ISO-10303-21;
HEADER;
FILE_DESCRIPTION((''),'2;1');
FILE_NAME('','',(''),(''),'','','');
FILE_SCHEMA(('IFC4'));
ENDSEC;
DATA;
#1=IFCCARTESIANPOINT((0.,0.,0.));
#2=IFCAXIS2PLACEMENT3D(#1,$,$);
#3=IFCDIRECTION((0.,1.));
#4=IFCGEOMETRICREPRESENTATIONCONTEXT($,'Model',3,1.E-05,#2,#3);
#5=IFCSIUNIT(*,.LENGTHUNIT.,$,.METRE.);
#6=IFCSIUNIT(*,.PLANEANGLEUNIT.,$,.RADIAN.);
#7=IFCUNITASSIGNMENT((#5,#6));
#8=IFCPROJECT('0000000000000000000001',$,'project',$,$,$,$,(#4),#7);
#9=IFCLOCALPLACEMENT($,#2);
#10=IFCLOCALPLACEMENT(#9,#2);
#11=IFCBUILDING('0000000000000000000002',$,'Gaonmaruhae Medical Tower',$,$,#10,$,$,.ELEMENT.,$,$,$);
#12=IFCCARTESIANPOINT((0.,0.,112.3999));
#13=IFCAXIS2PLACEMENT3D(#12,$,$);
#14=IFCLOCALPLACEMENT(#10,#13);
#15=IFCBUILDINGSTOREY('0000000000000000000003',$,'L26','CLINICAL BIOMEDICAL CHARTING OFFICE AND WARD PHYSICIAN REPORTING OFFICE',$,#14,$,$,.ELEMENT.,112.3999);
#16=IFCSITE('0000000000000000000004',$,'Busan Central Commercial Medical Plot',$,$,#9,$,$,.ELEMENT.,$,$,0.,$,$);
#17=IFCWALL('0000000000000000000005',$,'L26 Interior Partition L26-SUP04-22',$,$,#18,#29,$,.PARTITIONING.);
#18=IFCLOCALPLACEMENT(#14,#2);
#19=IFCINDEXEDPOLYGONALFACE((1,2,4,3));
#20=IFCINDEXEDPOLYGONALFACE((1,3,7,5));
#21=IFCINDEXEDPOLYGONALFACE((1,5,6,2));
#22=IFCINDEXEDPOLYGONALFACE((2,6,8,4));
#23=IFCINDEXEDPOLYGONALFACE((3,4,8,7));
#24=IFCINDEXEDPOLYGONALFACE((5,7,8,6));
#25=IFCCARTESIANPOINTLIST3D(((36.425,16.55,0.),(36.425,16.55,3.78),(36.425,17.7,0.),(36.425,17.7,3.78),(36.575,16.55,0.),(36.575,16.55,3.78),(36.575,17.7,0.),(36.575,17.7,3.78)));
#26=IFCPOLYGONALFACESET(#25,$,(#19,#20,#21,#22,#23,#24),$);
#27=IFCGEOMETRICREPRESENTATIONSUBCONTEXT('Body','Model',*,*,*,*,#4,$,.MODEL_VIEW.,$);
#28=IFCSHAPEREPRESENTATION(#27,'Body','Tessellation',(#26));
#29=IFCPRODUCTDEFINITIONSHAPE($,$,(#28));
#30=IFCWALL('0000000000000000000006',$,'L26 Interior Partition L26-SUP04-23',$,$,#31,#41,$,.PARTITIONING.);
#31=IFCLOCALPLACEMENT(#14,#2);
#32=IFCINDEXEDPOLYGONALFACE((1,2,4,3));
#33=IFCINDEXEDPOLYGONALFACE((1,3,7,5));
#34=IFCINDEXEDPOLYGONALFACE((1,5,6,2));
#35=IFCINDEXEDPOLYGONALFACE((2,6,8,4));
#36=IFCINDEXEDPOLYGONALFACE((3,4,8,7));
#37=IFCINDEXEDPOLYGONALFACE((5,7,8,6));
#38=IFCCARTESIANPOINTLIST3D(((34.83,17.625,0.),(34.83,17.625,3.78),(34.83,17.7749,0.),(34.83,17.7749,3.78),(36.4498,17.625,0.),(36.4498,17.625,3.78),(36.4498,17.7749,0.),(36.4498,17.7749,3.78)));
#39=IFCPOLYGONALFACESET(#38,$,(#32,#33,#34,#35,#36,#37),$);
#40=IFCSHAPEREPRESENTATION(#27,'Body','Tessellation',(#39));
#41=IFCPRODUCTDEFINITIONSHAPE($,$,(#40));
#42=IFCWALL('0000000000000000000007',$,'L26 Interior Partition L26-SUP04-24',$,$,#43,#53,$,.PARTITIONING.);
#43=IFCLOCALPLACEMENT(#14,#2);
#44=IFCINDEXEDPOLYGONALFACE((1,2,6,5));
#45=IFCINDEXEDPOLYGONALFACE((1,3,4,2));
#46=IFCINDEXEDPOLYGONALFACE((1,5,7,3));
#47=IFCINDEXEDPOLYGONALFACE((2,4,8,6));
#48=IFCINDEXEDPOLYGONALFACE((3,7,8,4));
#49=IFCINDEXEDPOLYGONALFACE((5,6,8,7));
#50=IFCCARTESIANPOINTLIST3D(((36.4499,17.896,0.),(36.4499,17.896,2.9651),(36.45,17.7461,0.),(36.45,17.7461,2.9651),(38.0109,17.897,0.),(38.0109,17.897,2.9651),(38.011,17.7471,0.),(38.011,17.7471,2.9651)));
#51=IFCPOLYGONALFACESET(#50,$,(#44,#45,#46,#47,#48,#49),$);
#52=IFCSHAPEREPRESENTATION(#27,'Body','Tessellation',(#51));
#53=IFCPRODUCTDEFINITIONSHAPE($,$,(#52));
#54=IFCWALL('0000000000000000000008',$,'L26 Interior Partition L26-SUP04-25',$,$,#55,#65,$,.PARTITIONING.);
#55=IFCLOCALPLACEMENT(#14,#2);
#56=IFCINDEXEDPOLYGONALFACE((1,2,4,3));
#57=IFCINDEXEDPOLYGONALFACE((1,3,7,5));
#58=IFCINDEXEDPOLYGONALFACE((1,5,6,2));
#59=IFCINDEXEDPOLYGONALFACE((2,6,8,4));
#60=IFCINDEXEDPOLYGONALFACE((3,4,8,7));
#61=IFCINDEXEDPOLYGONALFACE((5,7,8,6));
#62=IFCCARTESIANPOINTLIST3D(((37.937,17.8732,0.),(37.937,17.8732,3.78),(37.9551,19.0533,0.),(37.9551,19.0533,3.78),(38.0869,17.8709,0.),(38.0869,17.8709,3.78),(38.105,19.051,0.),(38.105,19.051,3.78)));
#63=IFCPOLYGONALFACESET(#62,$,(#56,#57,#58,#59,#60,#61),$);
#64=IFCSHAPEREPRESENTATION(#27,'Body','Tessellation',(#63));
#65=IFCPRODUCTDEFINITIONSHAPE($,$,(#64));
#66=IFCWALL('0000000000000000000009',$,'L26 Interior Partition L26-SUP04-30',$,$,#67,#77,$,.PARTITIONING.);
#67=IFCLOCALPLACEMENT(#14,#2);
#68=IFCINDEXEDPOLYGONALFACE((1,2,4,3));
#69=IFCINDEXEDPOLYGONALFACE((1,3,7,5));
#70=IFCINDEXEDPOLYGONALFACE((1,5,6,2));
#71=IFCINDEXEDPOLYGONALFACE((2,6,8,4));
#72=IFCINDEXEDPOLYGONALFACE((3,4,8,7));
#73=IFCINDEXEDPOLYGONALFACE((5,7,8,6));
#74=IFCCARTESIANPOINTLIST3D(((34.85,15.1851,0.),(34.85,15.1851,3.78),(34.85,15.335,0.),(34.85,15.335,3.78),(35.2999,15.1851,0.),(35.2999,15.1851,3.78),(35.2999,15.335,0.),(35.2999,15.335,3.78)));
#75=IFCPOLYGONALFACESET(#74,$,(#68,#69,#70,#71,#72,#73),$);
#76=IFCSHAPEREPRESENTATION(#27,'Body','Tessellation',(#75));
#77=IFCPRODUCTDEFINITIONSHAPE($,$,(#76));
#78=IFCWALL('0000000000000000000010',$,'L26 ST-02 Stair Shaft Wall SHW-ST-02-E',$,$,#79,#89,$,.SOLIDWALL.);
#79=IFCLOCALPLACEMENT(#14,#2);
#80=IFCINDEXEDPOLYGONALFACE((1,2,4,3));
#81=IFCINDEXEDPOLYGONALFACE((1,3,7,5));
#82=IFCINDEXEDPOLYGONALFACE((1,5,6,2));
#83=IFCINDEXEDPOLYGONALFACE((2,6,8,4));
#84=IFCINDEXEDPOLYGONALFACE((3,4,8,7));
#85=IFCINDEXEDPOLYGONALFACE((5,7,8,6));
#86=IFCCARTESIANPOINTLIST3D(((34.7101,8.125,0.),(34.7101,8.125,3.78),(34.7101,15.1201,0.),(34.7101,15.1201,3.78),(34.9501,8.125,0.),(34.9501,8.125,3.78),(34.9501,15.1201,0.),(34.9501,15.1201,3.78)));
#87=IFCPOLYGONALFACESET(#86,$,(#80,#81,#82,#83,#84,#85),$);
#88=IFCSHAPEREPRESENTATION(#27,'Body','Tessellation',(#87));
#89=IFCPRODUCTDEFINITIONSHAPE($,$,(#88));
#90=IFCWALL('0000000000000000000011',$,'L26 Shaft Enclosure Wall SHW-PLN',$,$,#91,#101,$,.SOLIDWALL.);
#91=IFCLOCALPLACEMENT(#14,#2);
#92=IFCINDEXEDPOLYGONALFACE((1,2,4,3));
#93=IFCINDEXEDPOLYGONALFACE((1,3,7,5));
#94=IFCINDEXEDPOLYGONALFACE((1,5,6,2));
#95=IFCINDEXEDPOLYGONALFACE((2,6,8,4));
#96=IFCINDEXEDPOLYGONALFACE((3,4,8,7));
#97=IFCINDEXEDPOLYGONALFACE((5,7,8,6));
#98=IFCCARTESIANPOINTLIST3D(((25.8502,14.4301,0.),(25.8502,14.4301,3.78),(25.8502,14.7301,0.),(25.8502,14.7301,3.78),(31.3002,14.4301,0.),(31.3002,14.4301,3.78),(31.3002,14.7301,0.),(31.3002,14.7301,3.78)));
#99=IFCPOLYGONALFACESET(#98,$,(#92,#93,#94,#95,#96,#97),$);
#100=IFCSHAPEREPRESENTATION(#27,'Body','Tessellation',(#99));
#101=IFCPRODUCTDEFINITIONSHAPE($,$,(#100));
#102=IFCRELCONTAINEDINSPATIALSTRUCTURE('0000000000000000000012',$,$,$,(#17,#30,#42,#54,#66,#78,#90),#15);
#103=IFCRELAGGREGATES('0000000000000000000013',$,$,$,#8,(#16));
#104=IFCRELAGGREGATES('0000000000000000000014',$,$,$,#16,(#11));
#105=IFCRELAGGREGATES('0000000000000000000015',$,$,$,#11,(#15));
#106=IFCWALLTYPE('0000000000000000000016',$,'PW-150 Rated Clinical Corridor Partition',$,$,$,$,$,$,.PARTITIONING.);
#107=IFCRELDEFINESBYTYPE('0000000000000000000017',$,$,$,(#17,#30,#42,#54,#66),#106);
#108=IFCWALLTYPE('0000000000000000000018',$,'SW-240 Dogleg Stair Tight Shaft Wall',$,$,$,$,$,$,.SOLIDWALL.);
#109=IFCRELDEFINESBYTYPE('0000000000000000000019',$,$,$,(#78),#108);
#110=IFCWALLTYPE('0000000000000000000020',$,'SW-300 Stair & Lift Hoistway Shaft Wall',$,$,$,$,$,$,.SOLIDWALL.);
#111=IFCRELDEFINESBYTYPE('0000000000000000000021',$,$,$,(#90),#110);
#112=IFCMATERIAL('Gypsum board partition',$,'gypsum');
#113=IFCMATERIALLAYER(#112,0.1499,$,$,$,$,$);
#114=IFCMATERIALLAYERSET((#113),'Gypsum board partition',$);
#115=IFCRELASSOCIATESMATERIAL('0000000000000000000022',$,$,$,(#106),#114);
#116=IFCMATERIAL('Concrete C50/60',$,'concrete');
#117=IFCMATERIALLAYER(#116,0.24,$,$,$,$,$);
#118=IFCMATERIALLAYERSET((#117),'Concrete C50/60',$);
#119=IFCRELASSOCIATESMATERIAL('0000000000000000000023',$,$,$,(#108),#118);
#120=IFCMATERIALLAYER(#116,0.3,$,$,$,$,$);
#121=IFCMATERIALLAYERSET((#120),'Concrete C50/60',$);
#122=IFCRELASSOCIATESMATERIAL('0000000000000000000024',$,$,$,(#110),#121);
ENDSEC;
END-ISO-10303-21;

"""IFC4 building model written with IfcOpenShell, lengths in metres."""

from ifc_helpers import new_model, si_unit, direction, frame, frame_2d, origin, place, context, subcontext, project, spatial, rectangle, extrude, material, layer, layer_set, type_object, element, save


model = new_model("IFC4")

# Units and contexts
model_context = context("Model", 3, precision=1e-05, world=origin(), true_north=direction((0.0, 1.0)))
body_context = subcontext(model_context, "Body", "Model", "MODEL_VIEW")
ifc_project = project(units=[si_unit("LENGTHUNIT", "METRE"), si_unit("PLANEANGLEUNIT", "RADIAN")], contexts=[model_context])

# Site, building, storey
site_placement = place(None, origin())
site = spatial("IfcSite", under=ifc_project, at=site_placement, Name="Busan Central Commercial Medical Plot", CompositionType="ELEMENT", RefElevation=0.0)
building_placement = place(site_placement, origin())
building = spatial("IfcBuilding", under=site, at=building_placement, Name="Gaonmaruhae Medical Tower", CompositionType="ELEMENT")
storey_placement = place(building_placement, frame((0.0, 0.0, 112.3999)))
storey = spatial("IfcBuildingStorey", under=building, at=storey_placement, Name="L26", Description="CLINICAL BIOMEDICAL CHARTING OFFICE AND WARD PHYSICIAN REPORTING OFFICE", CompositionType="ELEMENT", Elevation=112.3999)

# Walls
ifc_material_1 = material(Name="Gypsum board partition", Category="gypsum")
ifc_layer_1 = layer(ifc_material_1, 0.1499)
ifc_layer_set_1 = layer_set([ifc_layer_1], Name="Gypsum board partition")
wall_type_1 = type_object("IfcWallType", Name="PW-150 Rated Clinical Corridor Partition", PredefinedType="PARTITIONING", material=ifc_layer_set_1)
wall_1_placement = place(storey_placement, frame((36.5, 16.55, 0.0), z_axis=(0.0, 0.0, 1.0), x_axis=(0.0, 1.0, 0.0)))
element("IfcWall", 1, at=wall_1_placement, inside=storey, type_object=wall_type_1, Name="L26 Interior Partition L26-SUP04-22", PredefinedType="PARTITIONING", context=body_context, shape_type="SweptSolid", body=[
    extrude(rectangle(XDim=1.1499, YDim=0.1499, at=frame_2d((0.575, 0.0))), origin(), (0.0, 0.0, 1.0), 3.78),
])
wall_2_placement = place(storey_placement, frame((36.45, 17.7, 0.0), z_axis=(0.0, 0.0, 1.0), x_axis=(-1.0, 0.0, 0.0)))
element("IfcWall", 2, at=wall_2_placement, inside=storey, type_object=wall_type_1, Name="L26 Interior Partition L26-SUP04-23", PredefinedType="PARTITIONING", context=body_context, shape_type="SweptSolid", body=[
    extrude(rectangle(XDim=1.6199, YDim=0.1499, at=frame_2d((0.8101, 0.0))), origin(), (0.0, 0.0, 1.0), 3.78),
])
wall_3_placement = place(storey_placement, frame((36.45, 17.821, 0.0), z_axis=(0.0, 0.0, 1.0), x_axis=(1.0, 0.000626, 0.0)))
element("IfcWall", 3, at=wall_3_placement, inside=storey, type_object=wall_type_1, Name="L26 Interior Partition L26-SUP04-24", PredefinedType="PARTITIONING", context=body_context, shape_type="SweptSolid", body=[
    extrude(rectangle(XDim=1.561, YDim=0.1499, at=frame_2d((0.7805, 0.0))), origin(), (0.0, 0.0, 1.0), 2.9651),
])
wall_4_placement = place(storey_placement, frame((38.012, 17.8721, 0.0), z_axis=(0.0, 0.0, 1.0), x_axis=(0.01531, 0.999883, 0.0)))
element("IfcWall", 4, at=wall_4_placement, inside=storey, type_object=wall_type_1, Name="L26 Interior Partition L26-SUP04-25", PredefinedType="PARTITIONING", context=body_context, shape_type="SweptSolid", body=[
    extrude(rectangle(XDim=1.1802, YDim=0.1499, at=frame_2d((0.5901, 0.0))), origin(), (0.0, 0.0, 1.0), 3.78),
])
wall_5_placement = place(storey_placement, frame((35.3, 15.26, 0.0), z_axis=(0.0, 0.0, 1.0), x_axis=(-1.0, 0.0, 0.0)))
element("IfcWall", 5, at=wall_5_placement, inside=storey, type_object=wall_type_1, Name="L26 Interior Partition L26-SUP04-30", PredefinedType="PARTITIONING", context=body_context, shape_type="SweptSolid", body=[
    extrude(rectangle(XDim=0.45, YDim=0.1499, at=frame_2d((0.2251, 0.0))), origin(), (0.0, 0.0, 1.0), 3.78),
])

# Shared definitions
ifc_material_2 = material(Name="Concrete C50/60", Category="concrete")
ifc_layer_2 = layer(ifc_material_2, 0.24)
ifc_layer_set_2 = layer_set([ifc_layer_2], Name="Concrete C50/60")
wall_type_2 = type_object("IfcWallType", Name="SW-240 Dogleg Stair Tight Shaft Wall", PredefinedType="SOLIDWALL", material=ifc_layer_set_2)

# Walls
wall_6_placement = place(storey_placement, frame((34.8301, 15.1201, 0.0), z_axis=(0.0, 0.0, 1.0), x_axis=(0.0, -1.0, 0.0)))
element("IfcWall", 6, at=wall_6_placement, inside=storey, type_object=wall_type_2, Name="L26 ST-02 Stair Shaft Wall SHW-ST-02-E", PredefinedType="SOLIDWALL", context=body_context, shape_type="SweptSolid", body=[
    extrude(rectangle(XDim=6.9951, YDim=0.24, at=frame_2d((3.4976, 0.0))), origin(), (0.0, 0.0, 1.0), 3.78),
])
ifc_layer_3 = layer(ifc_material_2, 0.3)
ifc_layer_set_3 = layer_set([ifc_layer_3], Name="Concrete C50/60")
wall_type_3 = type_object("IfcWallType", Name="SW-300 Stair & Lift Hoistway Shaft Wall", PredefinedType="SOLIDWALL", material=ifc_layer_set_3)
wall_7_placement = place(storey_placement, frame((25.8501, 14.5801, 0.0), z_axis=(0.0, 0.0, 1.0), x_axis=(1.0, 0.0, 0.0)))
element("IfcWall", 7, at=wall_7_placement, inside=storey, type_object=wall_type_3, Name="L26 Shaft Enclosure Wall SHW-PLN", PredefinedType="SOLIDWALL", context=body_context, shape_type="SweptSolid", body=[
    extrude(rectangle(XDim=5.45, YDim=0.3, at=frame_2d((2.7251, 0.0))), origin(), (0.0, 0.0, 1.0), 3.78),
])

save(model, "model.ifc")
